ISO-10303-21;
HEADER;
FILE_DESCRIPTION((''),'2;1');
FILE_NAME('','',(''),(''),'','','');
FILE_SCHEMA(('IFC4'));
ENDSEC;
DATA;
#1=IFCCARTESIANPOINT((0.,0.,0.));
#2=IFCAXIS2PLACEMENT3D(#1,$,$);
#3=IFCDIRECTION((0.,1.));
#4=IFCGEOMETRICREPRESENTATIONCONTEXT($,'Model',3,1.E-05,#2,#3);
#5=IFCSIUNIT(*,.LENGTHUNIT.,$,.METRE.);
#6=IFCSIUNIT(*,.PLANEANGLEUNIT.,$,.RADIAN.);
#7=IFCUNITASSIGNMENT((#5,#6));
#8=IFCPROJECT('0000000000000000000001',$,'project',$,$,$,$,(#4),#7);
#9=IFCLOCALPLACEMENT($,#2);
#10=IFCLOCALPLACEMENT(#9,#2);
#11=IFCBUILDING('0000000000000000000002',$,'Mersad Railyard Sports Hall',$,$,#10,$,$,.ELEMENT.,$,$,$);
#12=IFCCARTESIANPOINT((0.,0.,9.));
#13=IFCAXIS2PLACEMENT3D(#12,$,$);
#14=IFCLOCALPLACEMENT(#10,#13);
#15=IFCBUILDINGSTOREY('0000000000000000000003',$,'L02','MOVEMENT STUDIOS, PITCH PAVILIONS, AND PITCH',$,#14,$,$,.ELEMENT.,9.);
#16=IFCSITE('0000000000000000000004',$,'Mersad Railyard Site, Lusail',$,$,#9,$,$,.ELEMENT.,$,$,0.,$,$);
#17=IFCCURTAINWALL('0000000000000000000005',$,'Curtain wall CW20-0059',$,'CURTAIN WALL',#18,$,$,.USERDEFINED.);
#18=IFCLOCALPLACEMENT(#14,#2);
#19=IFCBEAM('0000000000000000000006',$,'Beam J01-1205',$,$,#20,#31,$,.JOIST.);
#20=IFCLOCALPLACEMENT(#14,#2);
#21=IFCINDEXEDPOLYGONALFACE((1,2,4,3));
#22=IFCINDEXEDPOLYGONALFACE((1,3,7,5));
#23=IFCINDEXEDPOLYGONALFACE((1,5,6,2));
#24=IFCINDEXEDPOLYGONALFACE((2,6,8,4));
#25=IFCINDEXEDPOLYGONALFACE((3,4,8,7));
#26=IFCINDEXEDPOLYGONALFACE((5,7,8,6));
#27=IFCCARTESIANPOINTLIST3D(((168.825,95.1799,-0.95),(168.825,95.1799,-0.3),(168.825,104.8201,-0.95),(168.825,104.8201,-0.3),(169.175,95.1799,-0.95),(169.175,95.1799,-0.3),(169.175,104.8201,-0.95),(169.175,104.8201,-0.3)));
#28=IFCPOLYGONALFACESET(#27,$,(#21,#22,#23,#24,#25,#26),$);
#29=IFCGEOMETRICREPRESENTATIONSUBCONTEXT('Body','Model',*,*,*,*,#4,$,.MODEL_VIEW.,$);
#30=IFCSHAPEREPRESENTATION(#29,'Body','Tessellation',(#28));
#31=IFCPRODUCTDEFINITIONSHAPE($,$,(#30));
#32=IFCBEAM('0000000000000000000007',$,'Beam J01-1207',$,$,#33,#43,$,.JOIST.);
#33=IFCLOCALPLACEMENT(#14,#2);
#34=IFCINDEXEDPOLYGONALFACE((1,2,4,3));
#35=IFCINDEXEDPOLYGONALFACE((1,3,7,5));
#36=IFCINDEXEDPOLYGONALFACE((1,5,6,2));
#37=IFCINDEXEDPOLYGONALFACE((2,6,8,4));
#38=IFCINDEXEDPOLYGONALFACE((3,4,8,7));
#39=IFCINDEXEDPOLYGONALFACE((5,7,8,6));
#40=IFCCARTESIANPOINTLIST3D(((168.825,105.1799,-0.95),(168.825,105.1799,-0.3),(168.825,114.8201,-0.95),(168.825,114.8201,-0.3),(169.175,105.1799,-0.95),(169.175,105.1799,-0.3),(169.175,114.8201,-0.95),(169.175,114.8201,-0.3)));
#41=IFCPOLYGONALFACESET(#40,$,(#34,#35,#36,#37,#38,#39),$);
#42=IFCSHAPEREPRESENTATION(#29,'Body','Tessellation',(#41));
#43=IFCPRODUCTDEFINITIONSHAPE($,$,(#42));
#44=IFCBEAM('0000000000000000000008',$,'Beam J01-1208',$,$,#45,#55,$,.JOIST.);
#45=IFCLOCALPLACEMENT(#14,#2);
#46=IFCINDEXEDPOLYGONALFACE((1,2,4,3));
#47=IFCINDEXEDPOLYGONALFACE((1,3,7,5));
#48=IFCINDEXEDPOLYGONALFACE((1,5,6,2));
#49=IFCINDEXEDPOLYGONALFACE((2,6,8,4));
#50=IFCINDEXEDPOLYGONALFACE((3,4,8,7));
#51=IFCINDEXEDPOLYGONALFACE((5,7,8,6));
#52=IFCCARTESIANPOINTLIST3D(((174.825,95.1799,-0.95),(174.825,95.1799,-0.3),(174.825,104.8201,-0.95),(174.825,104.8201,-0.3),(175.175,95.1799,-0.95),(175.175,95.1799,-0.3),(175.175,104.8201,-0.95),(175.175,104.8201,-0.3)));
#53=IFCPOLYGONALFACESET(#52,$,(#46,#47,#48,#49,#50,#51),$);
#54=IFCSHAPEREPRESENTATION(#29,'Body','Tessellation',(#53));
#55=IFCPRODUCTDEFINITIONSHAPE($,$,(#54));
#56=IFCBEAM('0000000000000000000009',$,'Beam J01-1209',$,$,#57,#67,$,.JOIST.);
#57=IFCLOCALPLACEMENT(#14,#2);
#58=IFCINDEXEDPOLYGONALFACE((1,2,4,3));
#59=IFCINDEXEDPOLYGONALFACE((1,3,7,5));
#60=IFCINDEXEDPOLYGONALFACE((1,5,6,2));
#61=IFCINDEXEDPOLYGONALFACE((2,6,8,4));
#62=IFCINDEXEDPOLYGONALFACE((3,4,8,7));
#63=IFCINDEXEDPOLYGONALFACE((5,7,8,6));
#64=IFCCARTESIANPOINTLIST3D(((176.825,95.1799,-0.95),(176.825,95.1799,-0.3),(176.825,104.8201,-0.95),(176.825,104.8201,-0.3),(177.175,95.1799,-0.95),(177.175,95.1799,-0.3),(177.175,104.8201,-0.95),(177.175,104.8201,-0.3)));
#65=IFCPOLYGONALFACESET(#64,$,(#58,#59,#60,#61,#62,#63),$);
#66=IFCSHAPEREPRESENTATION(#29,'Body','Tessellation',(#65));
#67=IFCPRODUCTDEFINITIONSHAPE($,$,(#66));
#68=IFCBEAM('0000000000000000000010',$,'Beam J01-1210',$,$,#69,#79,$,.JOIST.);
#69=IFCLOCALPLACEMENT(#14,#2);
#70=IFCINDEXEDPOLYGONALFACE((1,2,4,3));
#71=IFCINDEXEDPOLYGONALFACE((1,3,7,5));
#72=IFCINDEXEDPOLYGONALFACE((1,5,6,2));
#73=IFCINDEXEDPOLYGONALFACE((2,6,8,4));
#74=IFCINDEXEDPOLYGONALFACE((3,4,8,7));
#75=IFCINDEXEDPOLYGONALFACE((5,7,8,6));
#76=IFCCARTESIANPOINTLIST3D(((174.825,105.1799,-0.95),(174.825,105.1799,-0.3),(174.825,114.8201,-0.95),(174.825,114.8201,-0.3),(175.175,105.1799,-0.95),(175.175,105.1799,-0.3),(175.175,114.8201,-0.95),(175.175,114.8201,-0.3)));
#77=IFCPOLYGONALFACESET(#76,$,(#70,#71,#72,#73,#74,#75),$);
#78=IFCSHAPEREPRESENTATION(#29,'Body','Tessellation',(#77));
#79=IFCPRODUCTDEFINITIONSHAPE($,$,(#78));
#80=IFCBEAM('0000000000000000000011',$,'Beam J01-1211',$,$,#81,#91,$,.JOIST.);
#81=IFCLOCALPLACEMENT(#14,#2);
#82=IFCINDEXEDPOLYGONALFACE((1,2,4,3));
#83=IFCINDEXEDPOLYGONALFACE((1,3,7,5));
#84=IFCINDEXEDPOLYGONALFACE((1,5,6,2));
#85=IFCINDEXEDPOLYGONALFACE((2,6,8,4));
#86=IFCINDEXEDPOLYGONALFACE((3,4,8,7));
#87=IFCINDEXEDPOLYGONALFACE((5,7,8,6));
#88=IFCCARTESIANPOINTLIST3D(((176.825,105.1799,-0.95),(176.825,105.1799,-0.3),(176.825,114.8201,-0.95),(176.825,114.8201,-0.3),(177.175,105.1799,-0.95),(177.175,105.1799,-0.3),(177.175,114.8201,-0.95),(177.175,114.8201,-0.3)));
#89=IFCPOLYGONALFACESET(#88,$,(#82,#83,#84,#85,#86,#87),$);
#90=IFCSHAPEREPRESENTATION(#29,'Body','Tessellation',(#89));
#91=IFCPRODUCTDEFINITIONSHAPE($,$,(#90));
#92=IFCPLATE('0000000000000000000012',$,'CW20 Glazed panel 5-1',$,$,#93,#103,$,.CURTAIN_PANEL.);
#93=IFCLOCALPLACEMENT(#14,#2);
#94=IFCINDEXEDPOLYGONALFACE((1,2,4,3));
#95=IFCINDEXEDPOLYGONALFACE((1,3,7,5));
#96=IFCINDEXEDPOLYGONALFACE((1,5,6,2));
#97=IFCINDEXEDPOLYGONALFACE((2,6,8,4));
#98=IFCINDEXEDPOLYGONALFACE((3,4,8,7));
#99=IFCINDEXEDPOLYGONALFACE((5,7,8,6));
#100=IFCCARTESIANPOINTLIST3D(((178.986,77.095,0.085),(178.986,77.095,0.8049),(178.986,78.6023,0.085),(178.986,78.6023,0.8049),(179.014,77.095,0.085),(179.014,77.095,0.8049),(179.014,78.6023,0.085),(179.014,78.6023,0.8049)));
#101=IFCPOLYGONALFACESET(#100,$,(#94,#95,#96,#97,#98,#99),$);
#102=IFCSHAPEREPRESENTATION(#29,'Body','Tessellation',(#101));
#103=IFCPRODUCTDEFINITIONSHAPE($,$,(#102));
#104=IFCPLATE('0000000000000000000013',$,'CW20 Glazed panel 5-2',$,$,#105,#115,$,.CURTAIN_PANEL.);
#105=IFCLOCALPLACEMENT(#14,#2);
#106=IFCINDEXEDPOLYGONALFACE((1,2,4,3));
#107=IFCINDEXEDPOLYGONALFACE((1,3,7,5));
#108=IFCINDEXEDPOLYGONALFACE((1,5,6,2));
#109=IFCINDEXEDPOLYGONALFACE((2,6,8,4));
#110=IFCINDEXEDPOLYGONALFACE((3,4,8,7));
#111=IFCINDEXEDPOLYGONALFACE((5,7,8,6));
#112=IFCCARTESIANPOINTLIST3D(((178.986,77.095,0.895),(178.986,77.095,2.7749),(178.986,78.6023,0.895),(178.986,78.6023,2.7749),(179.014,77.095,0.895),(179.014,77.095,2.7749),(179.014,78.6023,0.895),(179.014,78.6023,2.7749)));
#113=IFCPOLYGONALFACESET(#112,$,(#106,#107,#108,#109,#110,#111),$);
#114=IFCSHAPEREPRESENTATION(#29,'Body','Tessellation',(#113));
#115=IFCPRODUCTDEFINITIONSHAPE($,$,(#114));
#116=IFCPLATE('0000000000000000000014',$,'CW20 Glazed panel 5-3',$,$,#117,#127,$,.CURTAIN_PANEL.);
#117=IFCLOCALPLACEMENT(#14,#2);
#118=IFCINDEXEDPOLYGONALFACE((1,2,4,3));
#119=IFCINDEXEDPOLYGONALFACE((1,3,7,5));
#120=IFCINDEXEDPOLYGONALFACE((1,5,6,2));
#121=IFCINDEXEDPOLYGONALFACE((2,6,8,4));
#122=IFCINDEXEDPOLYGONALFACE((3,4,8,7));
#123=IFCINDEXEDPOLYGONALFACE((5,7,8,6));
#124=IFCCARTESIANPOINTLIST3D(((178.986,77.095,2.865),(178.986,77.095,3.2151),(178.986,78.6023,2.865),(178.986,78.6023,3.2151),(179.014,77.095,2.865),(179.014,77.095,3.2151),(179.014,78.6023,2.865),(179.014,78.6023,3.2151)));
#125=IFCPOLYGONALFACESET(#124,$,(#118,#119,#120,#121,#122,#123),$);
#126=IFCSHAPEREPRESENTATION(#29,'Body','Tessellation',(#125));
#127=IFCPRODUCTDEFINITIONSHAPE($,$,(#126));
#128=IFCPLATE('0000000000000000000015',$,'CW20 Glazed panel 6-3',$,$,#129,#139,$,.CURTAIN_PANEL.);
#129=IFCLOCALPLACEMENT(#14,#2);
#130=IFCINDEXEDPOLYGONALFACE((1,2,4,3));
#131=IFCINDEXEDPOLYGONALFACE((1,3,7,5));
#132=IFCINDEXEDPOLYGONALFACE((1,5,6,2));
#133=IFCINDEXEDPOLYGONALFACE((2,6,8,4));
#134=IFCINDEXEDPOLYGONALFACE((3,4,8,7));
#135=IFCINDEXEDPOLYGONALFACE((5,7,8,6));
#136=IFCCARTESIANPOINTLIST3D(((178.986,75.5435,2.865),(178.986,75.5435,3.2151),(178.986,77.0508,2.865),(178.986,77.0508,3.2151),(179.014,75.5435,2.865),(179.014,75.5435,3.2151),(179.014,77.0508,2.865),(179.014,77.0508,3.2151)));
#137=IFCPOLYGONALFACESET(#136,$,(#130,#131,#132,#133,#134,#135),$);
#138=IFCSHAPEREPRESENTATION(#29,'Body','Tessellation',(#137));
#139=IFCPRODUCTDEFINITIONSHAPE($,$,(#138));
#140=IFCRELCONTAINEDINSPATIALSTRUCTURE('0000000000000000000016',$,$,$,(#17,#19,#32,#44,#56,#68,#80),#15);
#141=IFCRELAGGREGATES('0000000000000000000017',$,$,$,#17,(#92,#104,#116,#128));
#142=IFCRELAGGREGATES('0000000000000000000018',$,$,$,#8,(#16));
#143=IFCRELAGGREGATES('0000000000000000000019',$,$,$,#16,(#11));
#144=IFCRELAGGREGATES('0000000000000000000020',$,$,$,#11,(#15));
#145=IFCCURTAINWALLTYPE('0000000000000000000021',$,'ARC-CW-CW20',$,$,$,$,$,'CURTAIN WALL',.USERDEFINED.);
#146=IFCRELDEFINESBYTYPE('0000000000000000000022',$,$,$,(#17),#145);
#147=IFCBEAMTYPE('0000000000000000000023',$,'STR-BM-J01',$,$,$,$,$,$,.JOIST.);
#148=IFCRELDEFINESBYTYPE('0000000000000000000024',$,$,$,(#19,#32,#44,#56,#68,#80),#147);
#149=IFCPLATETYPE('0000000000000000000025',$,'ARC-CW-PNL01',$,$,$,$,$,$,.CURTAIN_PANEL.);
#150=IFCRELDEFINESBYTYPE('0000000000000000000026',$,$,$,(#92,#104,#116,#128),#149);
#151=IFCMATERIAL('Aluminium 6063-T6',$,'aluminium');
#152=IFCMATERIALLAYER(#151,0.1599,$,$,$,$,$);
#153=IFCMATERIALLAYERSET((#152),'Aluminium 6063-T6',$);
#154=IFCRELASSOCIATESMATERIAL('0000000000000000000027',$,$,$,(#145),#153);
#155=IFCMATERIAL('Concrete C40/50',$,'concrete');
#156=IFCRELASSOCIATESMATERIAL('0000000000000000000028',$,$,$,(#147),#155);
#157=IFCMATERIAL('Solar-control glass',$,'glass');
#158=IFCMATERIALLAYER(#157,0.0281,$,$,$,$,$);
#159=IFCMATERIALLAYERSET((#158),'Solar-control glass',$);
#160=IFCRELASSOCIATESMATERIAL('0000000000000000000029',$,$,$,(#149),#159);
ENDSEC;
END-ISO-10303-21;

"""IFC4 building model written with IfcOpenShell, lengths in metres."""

from ifc_helpers import new_model, si_unit, direction, frame, origin, origin_2d, place, context, subcontext, project, spatial, rectangle, extrude, material, layer, layer_set, material_profile, profile_set, type_object, element, aggregate, save


model = new_model("IFC4")

# Units and contexts
model_context = context("Model", 3, precision=1e-05, world=origin(), true_north=direction((0.0, 1.0)))
body_context = subcontext(model_context, "Body", "Model", "MODEL_VIEW")
ifc_project = project(units=[si_unit("LENGTHUNIT", "METRE"), si_unit("PLANEANGLEUNIT", "RADIAN")], contexts=[model_context])

# Site, building, storey
site_placement = place(None, origin())
site = spatial("IfcSite", under=ifc_project, at=site_placement, Name="Mersad Railyard Site, Lusail", CompositionType="ELEMENT", RefElevation=0.0)
building_placement = place(site_placement, origin())
building = spatial("IfcBuilding", under=site, at=building_placement, Name="Mersad Railyard Sports Hall", CompositionType="ELEMENT")
storey_placement = place(building_placement, frame((0.0, 0.0, 9.0)))
storey = spatial("IfcBuildingStorey", under=building, at=storey_placement, Name="L02", Description="MOVEMENT STUDIOS, PITCH PAVILIONS, AND PITCH", CompositionType="ELEMENT", Elevation=9.0)

# Shared definitions
ifc_material_1 = material(Name="Concrete C40/50", Category="concrete")

# Curtain wall
ifc_material_2 = material(Name="Aluminium 6063-T6", Category="aluminium")
ifc_layer_1 = layer(ifc_material_2, 0.1599)
ifc_layer_set_1 = layer_set([ifc_layer_1], Name="Aluminium 6063-T6")
curtain_wall_type = type_object("IfcCurtainWallType", Name="ARC-CW-CW20", ElementType="CURTAIN WALL", PredefinedType="USERDEFINED", material=ifc_layer_set_1)
curtain_wall_placement = place(storey_placement, origin())
curtain_wall = element("IfcCurtainWall", 1, at=curtain_wall_placement, inside=storey, type_object=curtain_wall_type, Name="Curtain wall CW20-0059", ObjectType="CURTAIN WALL", PredefinedType="USERDEFINED")

# Beams
ifc_material_profile_1 = material_profile(ifc_material_1, rectangle(XDim=0.3501, YDim=0.6499, at=origin_2d()), Name="RC 350x650")
ifc_profile_set_1 = profile_set([ifc_material_profile_1], Name="Concrete C40/50")
beam_type_1 = type_object("IfcBeamType", Name="STR-BM-J01", PredefinedType="JOIST", material=ifc_profile_set_1)
for number, where, z_axis, x_axis, name in (
    (2, (169.0, 95.1799, -0.625), (0.0, 1.0, 0.0), (-1.0, 0.0, 0.0), "Beam J01-1205"),
    (3, (169.0, 105.1799, -0.625), (0.0, 1.0, 0.0), (-1.0, 0.0, 0.0), "Beam J01-1207"),
    (4, (175.0, 95.1799, -0.625), (0.0, 1.0, 0.0), (-1.0, 0.0, 0.0), "Beam J01-1208"),
    (5, (177.0, 95.1799, -0.625), (0.0, 1.0, 0.0), (-1.0, 0.0, 0.0), "Beam J01-1209"),
    (6, (175.0, 105.1799, -0.625), (0.0, 1.0, 0.0), (-1.0, 0.0, 0.0), "Beam J01-1210"),
    (7, (177.0, 105.1799, -0.625), (0.0, 1.0, 0.0), (-1.0, 0.0, 0.0), "Beam J01-1211"),
):
    element("IfcBeam", number, at=place(storey_placement, frame(where, z_axis=z_axis, x_axis=x_axis)), inside=storey, type_object=beam_type_1, Name=name, PredefinedType="JOIST", context=body_context, shape_type="SweptSolid", body=[
        extrude(rectangle(XDim=0.3501, YDim=0.6499, at=origin_2d()), origin(), (0.0, 0.0, 1.0), 9.6401),
    ])

# Plates
ifc_material_3 = material(Name="Solar-control glass", Category="glass")
ifc_layer_2 = layer(ifc_material_3, 0.0281)
ifc_layer_set_2 = layer_set([ifc_layer_2], Name="Solar-control glass")
plate_type = type_object("IfcPlateType", Name="ARC-CW-PNL01", PredefinedType="CURTAIN_PANEL", material=ifc_layer_set_2)
plate_1_placement = place(storey_placement, frame((179.0, 77.8486, 0.085), z_axis=(0.0, 0.0, 1.0), x_axis=(0.0, -1.0, 0.0)))
plate_1 = element("IfcPlate", 8, at=plate_1_placement, type_object=plate_type, Name="CW20 Glazed panel 5-1", PredefinedType="CURTAIN_PANEL", context=body_context, shape_type="SweptSolid", body=[
    extrude(rectangle(XDim=1.5073, YDim=0.0281, at=origin_2d()), origin(), (0.0, 0.0, 1.0), 0.72),
])
plate_2_placement = place(storey_placement, frame((179.0, 77.8486, 0.895), z_axis=(0.0, 0.0, 1.0), x_axis=(0.0, -1.0, 0.0)))
plate_2 = element("IfcPlate", 9, at=plate_2_placement, type_object=plate_type, Name="CW20 Glazed panel 5-2", PredefinedType="CURTAIN_PANEL", context=body_context, shape_type="SweptSolid", body=[
    extrude(rectangle(XDim=1.5073, YDim=0.0281, at=origin_2d()), origin(), (0.0, 0.0, 1.0), 1.8799),
])
plate_3_placement = place(storey_placement, frame((179.0, 77.8486, 2.865), z_axis=(0.0, 0.0, 1.0), x_axis=(0.0, -1.0, 0.0)))
plate_3 = element("IfcPlate", 10, at=plate_3_placement, type_object=plate_type, Name="CW20 Glazed panel 5-3", PredefinedType="CURTAIN_PANEL", context=body_context, shape_type="SweptSolid", body=[
    extrude(rectangle(XDim=1.5073, YDim=0.0281, at=origin_2d()), origin(), (0.0, 0.0, 1.0), 0.3501),
])
plate_4_placement = place(storey_placement, frame((179.0, 76.2971, 2.865), z_axis=(0.0, 0.0, 1.0), x_axis=(0.0, -1.0, 0.0)))
plate_4 = element("IfcPlate", 11, at=plate_4_placement, type_object=plate_type, Name="CW20 Glazed panel 6-3", PredefinedType="CURTAIN_PANEL", context=body_context, shape_type="SweptSolid", body=[
    extrude(rectangle(XDim=1.5073, YDim=0.0281, at=origin_2d()), origin(), (0.0, 0.0, 1.0), 0.3501),
])
aggregate(curtain_wall, [plate_1, plate_2, plate_3, plate_4])

save(model, "model.ifc")
